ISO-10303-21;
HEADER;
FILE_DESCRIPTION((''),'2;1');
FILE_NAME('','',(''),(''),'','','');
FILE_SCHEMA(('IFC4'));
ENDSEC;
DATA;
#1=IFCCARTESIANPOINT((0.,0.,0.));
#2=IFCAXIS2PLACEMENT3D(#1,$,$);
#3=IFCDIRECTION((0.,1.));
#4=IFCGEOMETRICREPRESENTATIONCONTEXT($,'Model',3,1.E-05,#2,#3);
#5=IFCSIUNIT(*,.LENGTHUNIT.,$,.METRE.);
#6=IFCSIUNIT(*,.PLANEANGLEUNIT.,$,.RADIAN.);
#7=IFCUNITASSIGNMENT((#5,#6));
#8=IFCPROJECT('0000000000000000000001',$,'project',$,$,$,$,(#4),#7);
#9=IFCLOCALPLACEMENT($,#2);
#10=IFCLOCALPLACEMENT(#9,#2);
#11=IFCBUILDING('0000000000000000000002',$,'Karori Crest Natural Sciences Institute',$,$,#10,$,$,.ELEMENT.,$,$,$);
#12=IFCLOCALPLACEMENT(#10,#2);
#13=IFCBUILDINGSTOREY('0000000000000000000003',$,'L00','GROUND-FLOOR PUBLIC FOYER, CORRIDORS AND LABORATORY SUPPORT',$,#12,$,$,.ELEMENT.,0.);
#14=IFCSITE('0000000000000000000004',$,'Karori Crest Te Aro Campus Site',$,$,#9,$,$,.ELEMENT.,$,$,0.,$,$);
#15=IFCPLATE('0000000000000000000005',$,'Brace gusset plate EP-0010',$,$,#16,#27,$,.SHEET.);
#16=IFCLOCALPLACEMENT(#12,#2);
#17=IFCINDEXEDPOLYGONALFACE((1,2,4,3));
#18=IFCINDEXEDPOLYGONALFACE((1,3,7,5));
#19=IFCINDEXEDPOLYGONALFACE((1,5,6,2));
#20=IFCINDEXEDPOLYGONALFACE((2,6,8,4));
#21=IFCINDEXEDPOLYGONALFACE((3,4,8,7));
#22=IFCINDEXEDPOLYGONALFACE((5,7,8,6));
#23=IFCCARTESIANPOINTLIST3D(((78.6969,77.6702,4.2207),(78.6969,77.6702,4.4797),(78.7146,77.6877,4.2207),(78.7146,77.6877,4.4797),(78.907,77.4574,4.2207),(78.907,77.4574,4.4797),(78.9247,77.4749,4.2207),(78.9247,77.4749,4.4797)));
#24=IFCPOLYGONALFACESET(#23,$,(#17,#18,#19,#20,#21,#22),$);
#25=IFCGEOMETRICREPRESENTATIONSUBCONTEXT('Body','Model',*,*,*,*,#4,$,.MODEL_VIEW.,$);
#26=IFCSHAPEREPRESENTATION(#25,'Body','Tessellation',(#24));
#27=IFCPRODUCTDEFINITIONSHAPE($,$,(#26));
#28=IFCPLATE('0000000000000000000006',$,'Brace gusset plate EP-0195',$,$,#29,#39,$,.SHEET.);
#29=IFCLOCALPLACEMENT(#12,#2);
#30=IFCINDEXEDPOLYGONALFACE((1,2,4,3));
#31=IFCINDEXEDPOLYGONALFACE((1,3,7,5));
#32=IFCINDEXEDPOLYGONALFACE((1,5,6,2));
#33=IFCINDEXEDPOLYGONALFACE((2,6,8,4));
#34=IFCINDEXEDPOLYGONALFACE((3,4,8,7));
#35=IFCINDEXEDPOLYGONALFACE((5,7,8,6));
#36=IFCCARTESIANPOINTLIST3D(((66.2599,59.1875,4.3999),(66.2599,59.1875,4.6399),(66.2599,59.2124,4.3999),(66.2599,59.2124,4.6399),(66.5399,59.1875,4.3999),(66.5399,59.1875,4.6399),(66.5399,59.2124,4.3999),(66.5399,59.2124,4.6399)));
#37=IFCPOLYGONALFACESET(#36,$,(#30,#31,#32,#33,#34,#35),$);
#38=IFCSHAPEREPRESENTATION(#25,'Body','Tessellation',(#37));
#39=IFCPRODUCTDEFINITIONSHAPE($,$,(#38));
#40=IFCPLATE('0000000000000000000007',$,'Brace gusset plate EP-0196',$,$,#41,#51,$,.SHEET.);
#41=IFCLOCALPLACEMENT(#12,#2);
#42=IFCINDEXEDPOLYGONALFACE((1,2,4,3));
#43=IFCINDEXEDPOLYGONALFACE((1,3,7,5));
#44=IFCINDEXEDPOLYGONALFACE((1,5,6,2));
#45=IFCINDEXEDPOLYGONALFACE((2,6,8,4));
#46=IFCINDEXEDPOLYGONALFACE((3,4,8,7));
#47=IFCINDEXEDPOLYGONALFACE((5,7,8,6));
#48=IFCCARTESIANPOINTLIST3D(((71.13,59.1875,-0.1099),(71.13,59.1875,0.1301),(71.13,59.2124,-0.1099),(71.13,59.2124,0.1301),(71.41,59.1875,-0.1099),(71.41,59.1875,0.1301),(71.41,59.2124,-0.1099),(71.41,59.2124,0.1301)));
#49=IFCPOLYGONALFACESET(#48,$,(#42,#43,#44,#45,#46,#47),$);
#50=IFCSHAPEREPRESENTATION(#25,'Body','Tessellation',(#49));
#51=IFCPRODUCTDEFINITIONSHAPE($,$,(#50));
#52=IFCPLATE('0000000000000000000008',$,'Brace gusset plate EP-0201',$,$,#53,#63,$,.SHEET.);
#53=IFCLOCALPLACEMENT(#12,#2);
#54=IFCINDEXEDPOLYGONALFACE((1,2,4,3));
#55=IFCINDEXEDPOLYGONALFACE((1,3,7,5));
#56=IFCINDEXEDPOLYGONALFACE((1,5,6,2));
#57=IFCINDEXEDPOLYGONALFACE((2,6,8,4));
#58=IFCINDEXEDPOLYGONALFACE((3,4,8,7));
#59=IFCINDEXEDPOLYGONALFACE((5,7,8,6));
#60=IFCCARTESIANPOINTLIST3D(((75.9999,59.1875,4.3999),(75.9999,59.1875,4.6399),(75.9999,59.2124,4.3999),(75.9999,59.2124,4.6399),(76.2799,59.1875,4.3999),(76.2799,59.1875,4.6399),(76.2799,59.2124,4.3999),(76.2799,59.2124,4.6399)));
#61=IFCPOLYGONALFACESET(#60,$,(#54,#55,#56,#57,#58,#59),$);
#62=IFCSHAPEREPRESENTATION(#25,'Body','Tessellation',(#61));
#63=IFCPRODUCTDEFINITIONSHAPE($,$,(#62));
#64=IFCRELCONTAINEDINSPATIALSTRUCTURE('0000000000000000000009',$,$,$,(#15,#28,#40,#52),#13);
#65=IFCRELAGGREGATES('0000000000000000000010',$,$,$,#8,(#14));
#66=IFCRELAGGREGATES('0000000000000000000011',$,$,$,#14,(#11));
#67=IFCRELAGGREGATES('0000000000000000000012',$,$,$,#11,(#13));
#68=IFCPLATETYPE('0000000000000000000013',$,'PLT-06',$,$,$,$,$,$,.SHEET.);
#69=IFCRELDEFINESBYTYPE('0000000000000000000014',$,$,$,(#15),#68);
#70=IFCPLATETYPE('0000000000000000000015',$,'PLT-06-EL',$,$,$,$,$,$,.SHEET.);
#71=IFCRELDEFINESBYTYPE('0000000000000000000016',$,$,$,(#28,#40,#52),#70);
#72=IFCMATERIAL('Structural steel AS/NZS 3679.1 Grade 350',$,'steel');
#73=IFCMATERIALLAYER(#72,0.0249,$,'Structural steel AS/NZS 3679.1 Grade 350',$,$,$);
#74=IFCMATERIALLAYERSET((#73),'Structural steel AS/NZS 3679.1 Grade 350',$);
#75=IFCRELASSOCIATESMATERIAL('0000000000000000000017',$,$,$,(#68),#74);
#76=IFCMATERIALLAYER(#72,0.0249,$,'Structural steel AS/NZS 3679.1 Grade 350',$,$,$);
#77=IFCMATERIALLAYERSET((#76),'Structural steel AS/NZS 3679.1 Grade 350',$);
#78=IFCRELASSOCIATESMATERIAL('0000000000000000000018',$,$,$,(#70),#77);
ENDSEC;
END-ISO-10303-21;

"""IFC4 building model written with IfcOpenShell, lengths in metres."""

from ifc_helpers import new_model, si_unit, direction, frame, origin, origin_2d, place, context, subcontext, project, spatial, rectangle, extrude, material, layer, layer_set, type_object, element, save


model = new_model("IFC4")

# Units and contexts
model_context = context("Model", 3, precision=1e-05, world=origin(), true_north=direction((0.0, 1.0)))
body_context = subcontext(model_context, "Body", "Model", "MODEL_VIEW")
ifc_project = project(units=[si_unit("LENGTHUNIT", "METRE"), si_unit("PLANEANGLEUNIT", "RADIAN")], contexts=[model_context])

# Site, building, storey
site_placement = place(None, origin())
site = spatial("IfcSite", under=ifc_project, at=site_placement, Name="Karori Crest Te Aro Campus Site", CompositionType="ELEMENT", RefElevation=0.0)
building_placement = place(site_placement, origin())
building = spatial("IfcBuilding", under=site, at=building_placement, Name="Karori Crest Natural Sciences Institute", CompositionType="ELEMENT")
storey_placement = place(building_placement, origin())
storey = spatial("IfcBuildingStorey", under=building, at=storey_placement, Name="L00", Description="GROUND-FLOOR PUBLIC FOYER, CORRIDORS AND LABORATORY SUPPORT", CompositionType="ELEMENT", Elevation=0.0)

# Shared definitions
ifc_material_1 = material(Name="Structural steel AS/NZS 3679.1 Grade 350", Category="steel")

# Plates
ifc_layer_1 = layer(ifc_material_1, 0.0249, Name="Structural steel AS/NZS 3679.1 Grade 350")
ifc_layer_set_1 = layer_set([ifc_layer_1], Name="Structural steel AS/NZS 3679.1 Grade 350")
plate_type_1 = type_object("IfcPlateType", Name="PLT-06", PredefinedType="SHEET", material=ifc_layer_set_1)
plate_1_placement = place(storey_placement, frame((78.8108, 77.5725, 4.2207), z_axis=(0.0, 0.0, 1.0), x_axis=(-0.702664, 0.711522, 0.0)))
element("IfcPlate", 1, at=plate_1_placement, inside=storey, type_object=plate_type_1, Name="Brace gusset plate EP-0010", PredefinedType="SHEET", context=body_context, shape_type="SweptSolid", body=[
    extrude(rectangle(XDim=0.2991, YDim=0.0249, at=origin_2d()), origin(), (0.0, 0.0, 1.0), 0.259),
])
ifc_layer_2 = layer(ifc_material_1, 0.0249, Name="Structural steel AS/NZS 3679.1 Grade 350")
ifc_layer_set_2 = layer_set([ifc_layer_2], Name="Structural steel AS/NZS 3679.1 Grade 350")
plate_type_2 = type_object("IfcPlateType", Name="PLT-06-EL", PredefinedType="SHEET", material=ifc_layer_set_2)
for number, where, z_axis, x_axis, name in (
    (2, (66.3999, 59.2, 4.3999), (0.0, 0.0, 1.0), (1.0, 0.0, 0.0), "Brace gusset plate EP-0195"),
    (3, (71.27, 59.2, -0.1099), (0.0, 0.0, 1.0), (1.0, 0.0, 0.0), "Brace gusset plate EP-0196"),
    (4, (76.1399, 59.2, 4.3999), (0.0, 0.0, 1.0), (1.0, 0.0, 0.0), "Brace gusset plate EP-0201"),
):
    element("IfcPlate", number, at=place(storey_placement, frame(where, z_axis=z_axis, x_axis=x_axis)), inside=storey, type_object=plate_type_2, Name=name, PredefinedType="SHEET", context=body_context, shape_type="SweptSolid", body=[
        extrude(rectangle(XDim=0.28, YDim=0.0249, at=origin_2d()), origin(), (0.0, 0.0, 1.0), 0.24),
    ])

save(model, "model.ifc")
